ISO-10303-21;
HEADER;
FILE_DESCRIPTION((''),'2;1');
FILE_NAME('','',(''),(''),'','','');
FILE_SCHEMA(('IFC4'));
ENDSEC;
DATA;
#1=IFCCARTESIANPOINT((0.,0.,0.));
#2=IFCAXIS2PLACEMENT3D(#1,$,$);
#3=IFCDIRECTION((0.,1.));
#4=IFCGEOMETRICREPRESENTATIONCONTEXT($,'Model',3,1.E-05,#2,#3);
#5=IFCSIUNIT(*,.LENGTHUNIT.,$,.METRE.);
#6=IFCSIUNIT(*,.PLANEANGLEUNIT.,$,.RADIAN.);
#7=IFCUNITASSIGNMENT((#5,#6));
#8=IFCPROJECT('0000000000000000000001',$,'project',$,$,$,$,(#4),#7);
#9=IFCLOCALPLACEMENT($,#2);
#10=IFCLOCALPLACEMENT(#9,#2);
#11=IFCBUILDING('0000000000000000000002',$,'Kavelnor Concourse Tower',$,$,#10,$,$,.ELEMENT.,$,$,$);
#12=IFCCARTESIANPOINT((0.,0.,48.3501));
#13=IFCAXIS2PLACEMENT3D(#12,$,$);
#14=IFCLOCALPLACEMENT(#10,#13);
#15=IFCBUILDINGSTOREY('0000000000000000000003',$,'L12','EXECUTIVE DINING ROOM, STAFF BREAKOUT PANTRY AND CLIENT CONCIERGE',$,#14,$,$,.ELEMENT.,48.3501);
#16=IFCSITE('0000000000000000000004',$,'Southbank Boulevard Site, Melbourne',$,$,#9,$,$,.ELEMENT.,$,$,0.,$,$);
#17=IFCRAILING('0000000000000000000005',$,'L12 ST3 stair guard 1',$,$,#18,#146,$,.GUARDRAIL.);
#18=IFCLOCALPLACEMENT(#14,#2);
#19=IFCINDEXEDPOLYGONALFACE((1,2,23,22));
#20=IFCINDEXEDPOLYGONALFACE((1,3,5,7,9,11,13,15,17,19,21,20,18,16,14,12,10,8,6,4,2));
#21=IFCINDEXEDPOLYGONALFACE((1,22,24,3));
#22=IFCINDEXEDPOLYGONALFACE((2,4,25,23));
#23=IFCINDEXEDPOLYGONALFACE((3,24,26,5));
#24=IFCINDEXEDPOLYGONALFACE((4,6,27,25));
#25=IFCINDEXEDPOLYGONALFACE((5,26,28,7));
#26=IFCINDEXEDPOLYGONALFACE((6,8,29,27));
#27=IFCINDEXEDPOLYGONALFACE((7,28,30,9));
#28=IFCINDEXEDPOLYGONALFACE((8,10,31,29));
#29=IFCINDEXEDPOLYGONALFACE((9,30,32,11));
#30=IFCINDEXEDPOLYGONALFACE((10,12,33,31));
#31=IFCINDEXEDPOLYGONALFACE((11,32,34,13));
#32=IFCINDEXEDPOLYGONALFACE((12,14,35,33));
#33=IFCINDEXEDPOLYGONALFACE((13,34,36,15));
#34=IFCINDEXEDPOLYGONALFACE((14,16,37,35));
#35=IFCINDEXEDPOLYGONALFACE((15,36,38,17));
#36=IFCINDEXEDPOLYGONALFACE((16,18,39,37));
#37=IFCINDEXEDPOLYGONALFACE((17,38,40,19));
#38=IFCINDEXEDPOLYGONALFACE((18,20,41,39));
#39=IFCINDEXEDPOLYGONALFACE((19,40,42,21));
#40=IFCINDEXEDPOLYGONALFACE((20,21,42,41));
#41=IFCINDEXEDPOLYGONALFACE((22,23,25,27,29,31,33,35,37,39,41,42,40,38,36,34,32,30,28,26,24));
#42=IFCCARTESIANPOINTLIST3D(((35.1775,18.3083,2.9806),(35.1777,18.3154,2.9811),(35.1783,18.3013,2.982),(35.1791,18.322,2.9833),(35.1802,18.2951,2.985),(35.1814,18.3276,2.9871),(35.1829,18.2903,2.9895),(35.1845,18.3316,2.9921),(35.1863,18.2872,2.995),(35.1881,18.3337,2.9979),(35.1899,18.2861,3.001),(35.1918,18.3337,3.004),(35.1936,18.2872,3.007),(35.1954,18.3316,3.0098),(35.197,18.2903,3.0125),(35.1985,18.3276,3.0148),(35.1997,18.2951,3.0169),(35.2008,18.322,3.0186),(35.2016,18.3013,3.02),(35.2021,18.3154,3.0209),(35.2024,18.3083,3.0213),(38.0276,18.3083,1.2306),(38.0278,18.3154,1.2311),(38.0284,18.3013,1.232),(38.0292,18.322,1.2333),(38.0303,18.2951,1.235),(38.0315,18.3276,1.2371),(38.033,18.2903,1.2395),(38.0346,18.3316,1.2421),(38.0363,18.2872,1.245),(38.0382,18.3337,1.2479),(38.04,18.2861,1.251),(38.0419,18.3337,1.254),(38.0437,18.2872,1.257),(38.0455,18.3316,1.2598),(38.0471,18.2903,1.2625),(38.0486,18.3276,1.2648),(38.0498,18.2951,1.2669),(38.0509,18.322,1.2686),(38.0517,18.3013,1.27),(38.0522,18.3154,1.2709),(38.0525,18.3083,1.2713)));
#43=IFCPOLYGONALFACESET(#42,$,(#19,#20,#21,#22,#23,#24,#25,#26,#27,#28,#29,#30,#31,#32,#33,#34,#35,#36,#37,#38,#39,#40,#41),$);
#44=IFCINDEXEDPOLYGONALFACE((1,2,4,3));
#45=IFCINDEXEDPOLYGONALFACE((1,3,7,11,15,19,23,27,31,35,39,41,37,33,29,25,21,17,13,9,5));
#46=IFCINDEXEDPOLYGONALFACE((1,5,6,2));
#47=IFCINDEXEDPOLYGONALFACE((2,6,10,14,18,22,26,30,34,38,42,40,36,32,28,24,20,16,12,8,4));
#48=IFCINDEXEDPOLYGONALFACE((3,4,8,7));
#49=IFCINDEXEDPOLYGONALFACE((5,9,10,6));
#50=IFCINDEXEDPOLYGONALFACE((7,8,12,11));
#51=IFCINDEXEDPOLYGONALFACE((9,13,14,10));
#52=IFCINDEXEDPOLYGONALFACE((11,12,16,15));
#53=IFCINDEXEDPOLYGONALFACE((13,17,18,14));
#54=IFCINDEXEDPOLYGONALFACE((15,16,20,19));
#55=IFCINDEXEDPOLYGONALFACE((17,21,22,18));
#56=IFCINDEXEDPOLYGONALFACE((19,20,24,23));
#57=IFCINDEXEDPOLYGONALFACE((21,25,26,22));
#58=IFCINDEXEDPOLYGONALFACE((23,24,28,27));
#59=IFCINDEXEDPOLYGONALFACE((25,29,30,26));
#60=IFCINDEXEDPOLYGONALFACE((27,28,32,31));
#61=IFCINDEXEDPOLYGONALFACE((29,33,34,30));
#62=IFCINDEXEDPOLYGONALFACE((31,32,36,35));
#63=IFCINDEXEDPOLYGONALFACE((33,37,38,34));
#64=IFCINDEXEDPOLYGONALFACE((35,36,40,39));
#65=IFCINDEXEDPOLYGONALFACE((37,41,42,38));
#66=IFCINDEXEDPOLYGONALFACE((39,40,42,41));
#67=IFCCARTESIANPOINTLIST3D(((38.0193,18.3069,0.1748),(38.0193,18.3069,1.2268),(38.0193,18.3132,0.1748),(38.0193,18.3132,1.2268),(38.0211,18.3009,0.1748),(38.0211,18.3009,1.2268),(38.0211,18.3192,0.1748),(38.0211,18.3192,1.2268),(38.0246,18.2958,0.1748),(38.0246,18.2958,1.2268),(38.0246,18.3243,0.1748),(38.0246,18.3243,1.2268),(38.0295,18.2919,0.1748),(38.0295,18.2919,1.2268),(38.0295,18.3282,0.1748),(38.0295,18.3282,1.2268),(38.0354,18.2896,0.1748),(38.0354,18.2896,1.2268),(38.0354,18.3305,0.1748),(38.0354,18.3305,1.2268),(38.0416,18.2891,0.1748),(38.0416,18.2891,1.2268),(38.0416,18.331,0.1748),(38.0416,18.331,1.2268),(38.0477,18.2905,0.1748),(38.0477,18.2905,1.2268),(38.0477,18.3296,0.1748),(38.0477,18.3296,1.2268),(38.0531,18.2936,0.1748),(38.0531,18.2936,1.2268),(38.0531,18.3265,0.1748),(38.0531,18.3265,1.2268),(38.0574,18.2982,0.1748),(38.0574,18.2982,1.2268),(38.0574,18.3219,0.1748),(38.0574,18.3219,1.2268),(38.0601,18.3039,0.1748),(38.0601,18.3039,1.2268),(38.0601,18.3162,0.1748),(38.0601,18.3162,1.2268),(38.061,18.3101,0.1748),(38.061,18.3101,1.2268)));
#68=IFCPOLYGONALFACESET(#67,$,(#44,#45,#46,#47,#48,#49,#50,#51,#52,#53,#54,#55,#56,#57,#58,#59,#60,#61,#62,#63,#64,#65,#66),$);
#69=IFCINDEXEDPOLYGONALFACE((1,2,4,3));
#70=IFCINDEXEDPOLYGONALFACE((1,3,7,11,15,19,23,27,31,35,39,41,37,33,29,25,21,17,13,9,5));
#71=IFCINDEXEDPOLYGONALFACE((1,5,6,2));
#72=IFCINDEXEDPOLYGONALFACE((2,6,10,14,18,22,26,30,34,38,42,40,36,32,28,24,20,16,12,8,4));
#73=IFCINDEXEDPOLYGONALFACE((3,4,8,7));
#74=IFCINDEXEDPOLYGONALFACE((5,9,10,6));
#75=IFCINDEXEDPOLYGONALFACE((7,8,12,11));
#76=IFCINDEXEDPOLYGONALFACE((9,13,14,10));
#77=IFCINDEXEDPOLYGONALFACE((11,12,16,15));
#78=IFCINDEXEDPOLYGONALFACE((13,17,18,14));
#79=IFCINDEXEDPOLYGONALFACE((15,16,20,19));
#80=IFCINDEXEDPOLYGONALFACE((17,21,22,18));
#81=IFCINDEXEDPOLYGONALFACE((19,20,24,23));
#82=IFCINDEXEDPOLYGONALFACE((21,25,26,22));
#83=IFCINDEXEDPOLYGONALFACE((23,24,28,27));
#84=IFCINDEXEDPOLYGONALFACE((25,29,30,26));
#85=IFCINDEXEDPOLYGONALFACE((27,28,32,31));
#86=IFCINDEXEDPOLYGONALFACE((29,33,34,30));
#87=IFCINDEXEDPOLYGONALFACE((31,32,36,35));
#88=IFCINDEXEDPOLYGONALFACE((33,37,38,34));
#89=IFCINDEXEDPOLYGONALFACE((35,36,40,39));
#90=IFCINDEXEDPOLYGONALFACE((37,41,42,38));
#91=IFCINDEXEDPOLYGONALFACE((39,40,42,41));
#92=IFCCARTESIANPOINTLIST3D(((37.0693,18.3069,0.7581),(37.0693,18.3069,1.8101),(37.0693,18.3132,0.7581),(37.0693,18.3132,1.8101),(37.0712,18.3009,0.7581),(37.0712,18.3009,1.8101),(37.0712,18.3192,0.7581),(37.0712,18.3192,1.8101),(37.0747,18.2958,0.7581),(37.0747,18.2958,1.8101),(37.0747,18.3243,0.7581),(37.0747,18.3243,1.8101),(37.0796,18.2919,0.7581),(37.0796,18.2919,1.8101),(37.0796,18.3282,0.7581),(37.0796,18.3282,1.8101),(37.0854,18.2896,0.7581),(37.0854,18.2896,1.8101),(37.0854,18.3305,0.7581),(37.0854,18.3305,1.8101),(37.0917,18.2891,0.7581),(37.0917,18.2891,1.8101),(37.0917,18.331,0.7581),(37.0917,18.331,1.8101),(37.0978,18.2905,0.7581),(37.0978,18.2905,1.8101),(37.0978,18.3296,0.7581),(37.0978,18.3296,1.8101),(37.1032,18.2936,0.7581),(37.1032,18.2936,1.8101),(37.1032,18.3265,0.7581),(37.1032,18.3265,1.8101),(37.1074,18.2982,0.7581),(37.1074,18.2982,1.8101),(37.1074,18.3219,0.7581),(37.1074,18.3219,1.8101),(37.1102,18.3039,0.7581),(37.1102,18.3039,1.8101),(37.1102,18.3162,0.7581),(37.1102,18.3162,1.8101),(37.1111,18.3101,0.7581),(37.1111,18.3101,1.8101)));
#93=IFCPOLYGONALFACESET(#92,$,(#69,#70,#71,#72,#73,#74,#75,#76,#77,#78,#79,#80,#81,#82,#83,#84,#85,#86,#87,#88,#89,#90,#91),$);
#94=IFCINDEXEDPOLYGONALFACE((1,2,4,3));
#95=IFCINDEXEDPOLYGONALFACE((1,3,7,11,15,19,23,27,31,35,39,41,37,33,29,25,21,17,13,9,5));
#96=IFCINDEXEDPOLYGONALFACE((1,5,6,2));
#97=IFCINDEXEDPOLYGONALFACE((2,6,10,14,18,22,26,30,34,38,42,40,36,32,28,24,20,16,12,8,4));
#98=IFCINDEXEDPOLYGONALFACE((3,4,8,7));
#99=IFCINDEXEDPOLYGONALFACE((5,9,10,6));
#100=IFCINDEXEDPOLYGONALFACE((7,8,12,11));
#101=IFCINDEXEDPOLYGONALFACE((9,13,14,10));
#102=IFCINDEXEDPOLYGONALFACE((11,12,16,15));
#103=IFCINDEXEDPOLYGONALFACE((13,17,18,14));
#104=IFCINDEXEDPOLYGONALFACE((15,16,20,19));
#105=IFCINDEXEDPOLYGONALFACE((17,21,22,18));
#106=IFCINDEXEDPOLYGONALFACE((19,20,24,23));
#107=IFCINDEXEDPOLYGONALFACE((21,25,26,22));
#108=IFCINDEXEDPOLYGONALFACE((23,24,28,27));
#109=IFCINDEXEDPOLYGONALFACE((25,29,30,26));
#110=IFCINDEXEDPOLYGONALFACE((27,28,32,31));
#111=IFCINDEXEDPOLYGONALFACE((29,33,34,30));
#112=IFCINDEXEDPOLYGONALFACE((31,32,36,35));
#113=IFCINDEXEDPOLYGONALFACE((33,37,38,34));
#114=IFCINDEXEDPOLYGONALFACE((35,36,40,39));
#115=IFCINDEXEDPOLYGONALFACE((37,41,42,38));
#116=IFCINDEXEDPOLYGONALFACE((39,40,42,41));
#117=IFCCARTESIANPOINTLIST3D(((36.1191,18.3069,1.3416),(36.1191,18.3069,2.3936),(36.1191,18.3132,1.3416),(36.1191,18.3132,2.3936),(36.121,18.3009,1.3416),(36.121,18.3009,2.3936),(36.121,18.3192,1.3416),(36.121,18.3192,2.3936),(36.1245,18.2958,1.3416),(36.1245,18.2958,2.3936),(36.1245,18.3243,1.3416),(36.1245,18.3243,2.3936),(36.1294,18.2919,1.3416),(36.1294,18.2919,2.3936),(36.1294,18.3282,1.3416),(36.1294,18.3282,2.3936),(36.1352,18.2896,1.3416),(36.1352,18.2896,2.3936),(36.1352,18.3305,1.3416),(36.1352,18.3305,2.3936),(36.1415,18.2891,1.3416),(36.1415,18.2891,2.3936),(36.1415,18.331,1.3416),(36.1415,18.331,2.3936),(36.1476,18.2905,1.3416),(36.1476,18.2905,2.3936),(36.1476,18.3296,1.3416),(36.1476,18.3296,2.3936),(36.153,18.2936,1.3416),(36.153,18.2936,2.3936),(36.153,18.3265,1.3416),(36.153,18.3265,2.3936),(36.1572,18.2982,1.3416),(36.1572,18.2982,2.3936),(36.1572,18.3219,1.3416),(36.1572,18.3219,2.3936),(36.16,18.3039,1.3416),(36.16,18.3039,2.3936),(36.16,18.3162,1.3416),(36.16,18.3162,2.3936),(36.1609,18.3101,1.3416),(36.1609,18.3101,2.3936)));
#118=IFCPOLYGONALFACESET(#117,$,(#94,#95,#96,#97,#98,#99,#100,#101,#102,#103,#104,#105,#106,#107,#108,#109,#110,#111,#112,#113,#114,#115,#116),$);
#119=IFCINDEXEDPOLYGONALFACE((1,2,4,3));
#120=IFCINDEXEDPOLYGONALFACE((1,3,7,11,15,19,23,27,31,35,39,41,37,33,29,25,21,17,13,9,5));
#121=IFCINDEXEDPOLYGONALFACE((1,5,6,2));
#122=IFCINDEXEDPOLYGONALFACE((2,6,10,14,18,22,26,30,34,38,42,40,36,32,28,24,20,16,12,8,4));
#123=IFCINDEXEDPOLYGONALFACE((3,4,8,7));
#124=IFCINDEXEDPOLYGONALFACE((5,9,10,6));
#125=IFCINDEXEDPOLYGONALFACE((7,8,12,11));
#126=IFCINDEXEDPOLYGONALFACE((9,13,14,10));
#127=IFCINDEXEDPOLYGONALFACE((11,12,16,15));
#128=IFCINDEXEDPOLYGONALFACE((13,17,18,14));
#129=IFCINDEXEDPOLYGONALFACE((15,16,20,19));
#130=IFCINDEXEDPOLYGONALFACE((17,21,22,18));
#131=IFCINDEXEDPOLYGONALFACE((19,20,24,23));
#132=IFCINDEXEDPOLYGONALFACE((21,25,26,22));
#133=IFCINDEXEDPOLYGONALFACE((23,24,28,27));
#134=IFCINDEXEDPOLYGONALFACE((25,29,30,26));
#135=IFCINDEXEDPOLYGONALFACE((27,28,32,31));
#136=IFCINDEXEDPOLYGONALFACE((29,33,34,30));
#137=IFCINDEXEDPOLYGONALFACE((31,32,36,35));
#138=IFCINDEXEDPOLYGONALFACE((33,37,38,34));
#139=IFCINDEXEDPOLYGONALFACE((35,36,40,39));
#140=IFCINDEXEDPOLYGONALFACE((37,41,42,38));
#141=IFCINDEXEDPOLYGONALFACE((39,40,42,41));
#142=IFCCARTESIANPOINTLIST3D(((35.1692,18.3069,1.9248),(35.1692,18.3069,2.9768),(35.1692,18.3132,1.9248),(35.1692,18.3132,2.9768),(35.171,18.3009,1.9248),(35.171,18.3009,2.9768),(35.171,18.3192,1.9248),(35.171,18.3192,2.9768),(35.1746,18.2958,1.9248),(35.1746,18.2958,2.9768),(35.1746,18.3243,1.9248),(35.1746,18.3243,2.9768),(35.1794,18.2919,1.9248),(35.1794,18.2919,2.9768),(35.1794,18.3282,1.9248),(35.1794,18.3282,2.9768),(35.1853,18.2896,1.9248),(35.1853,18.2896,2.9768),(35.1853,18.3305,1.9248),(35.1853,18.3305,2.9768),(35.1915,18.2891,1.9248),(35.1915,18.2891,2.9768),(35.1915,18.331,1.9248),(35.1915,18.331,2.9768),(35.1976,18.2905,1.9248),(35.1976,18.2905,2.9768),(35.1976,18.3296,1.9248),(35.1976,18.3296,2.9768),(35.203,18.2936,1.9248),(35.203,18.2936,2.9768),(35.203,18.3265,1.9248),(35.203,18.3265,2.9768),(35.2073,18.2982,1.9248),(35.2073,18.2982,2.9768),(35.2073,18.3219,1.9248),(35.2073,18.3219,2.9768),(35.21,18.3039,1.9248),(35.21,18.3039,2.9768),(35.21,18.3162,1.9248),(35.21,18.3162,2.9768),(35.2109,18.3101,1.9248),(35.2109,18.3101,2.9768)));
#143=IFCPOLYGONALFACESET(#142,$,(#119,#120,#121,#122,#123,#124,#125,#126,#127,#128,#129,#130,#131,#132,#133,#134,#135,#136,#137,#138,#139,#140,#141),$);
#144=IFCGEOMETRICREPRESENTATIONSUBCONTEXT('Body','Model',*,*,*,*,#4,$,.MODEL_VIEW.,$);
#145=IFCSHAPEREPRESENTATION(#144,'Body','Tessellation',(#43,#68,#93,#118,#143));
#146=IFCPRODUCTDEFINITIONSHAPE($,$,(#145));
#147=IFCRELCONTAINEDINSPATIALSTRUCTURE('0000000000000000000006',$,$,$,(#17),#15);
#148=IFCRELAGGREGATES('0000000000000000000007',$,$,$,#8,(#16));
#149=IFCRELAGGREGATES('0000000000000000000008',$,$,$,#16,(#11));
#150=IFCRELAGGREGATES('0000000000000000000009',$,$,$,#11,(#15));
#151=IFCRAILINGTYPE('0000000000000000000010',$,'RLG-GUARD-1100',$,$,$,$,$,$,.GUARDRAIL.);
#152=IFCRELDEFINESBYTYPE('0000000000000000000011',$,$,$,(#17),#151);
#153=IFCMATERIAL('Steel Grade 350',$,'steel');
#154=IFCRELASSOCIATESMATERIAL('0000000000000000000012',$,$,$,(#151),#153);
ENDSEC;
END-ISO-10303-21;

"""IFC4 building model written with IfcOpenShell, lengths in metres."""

from ifc_helpers import new_model, si_unit, direction, frame, origin, origin_2d, place, context, subcontext, project, spatial, circle, extrude, material, type_object, element, save


model = new_model("IFC4")

# Units and contexts
model_context = context("Model", 3, precision=1e-05, world=origin(), true_north=direction((0.0, 1.0)))
body_context = subcontext(model_context, "Body", "Model", "MODEL_VIEW")
ifc_project = project(units=[si_unit("LENGTHUNIT", "METRE"), si_unit("PLANEANGLEUNIT", "RADIAN")], contexts=[model_context])

# Site, building, storey
site_placement = place(None, origin())
site = spatial("IfcSite", under=ifc_project, at=site_placement, Name="Southbank Boulevard Site, Melbourne", CompositionType="ELEMENT", RefElevation=0.0)
building_placement = place(site_placement, origin())
building = spatial("IfcBuilding", under=site, at=building_placement, Name="Kavelnor Concourse Tower", CompositionType="ELEMENT")
storey_placement = place(building_placement, frame((0.0, 0.0, 48.3501)))
storey = spatial("IfcBuildingStorey", under=building, at=storey_placement, Name="L12", Description="EXECUTIVE DINING ROOM, STAFF BREAKOUT PANTRY AND CLIENT CONCIERGE", CompositionType="ELEMENT", Elevation=48.3501)

# Shared definitions
ifc_material_1 = material(Name="Steel Grade 350", Category="steel")

# Railing
railing_type_1 = type_object("IfcRailingType", Name="RLG-GUARD-1100", PredefinedType="GUARDRAIL", material=ifc_material_1)
railing_1_placement = place(storey_placement, frame((38.04, 18.3101, 0.1748)))
element("IfcRailing", 1, at=railing_1_placement, inside=storey, type_object=railing_type_1, Name="L12 ST3 stair guard 1", PredefinedType="GUARDRAIL", context=body_context, shape_type="SweptSolid", body=[
    extrude(circle(Radius=0.0239, at=origin_2d()), frame((0.0, 0.0, 1.0762), z_axis=(-0.852179, 0.0, 0.52325), x_axis=(0.0, -1.0, 0.0)), (0.0, 0.0, 1.0), 3.3445),
    extrude(circle(Radius=0.021, at=origin_2d()), origin(), (0.0, 0.0, 1.0), 1.052),
    extrude(circle(Radius=0.021, at=origin_2d()), frame((-0.95, 0.0, 0.5833)), (0.0, 0.0, 1.0), 1.052),
    extrude(circle(Radius=0.021, at=origin_2d()), frame((-1.9001, 0.0, 1.1667)), (0.0, 0.0, 1.0), 1.052),
    extrude(circle(Radius=0.021, at=origin_2d()), frame((-2.8501, 0.0, 1.75)), (0.0, 0.0, 1.0), 1.052),
])

save(model, "model.ifc")
